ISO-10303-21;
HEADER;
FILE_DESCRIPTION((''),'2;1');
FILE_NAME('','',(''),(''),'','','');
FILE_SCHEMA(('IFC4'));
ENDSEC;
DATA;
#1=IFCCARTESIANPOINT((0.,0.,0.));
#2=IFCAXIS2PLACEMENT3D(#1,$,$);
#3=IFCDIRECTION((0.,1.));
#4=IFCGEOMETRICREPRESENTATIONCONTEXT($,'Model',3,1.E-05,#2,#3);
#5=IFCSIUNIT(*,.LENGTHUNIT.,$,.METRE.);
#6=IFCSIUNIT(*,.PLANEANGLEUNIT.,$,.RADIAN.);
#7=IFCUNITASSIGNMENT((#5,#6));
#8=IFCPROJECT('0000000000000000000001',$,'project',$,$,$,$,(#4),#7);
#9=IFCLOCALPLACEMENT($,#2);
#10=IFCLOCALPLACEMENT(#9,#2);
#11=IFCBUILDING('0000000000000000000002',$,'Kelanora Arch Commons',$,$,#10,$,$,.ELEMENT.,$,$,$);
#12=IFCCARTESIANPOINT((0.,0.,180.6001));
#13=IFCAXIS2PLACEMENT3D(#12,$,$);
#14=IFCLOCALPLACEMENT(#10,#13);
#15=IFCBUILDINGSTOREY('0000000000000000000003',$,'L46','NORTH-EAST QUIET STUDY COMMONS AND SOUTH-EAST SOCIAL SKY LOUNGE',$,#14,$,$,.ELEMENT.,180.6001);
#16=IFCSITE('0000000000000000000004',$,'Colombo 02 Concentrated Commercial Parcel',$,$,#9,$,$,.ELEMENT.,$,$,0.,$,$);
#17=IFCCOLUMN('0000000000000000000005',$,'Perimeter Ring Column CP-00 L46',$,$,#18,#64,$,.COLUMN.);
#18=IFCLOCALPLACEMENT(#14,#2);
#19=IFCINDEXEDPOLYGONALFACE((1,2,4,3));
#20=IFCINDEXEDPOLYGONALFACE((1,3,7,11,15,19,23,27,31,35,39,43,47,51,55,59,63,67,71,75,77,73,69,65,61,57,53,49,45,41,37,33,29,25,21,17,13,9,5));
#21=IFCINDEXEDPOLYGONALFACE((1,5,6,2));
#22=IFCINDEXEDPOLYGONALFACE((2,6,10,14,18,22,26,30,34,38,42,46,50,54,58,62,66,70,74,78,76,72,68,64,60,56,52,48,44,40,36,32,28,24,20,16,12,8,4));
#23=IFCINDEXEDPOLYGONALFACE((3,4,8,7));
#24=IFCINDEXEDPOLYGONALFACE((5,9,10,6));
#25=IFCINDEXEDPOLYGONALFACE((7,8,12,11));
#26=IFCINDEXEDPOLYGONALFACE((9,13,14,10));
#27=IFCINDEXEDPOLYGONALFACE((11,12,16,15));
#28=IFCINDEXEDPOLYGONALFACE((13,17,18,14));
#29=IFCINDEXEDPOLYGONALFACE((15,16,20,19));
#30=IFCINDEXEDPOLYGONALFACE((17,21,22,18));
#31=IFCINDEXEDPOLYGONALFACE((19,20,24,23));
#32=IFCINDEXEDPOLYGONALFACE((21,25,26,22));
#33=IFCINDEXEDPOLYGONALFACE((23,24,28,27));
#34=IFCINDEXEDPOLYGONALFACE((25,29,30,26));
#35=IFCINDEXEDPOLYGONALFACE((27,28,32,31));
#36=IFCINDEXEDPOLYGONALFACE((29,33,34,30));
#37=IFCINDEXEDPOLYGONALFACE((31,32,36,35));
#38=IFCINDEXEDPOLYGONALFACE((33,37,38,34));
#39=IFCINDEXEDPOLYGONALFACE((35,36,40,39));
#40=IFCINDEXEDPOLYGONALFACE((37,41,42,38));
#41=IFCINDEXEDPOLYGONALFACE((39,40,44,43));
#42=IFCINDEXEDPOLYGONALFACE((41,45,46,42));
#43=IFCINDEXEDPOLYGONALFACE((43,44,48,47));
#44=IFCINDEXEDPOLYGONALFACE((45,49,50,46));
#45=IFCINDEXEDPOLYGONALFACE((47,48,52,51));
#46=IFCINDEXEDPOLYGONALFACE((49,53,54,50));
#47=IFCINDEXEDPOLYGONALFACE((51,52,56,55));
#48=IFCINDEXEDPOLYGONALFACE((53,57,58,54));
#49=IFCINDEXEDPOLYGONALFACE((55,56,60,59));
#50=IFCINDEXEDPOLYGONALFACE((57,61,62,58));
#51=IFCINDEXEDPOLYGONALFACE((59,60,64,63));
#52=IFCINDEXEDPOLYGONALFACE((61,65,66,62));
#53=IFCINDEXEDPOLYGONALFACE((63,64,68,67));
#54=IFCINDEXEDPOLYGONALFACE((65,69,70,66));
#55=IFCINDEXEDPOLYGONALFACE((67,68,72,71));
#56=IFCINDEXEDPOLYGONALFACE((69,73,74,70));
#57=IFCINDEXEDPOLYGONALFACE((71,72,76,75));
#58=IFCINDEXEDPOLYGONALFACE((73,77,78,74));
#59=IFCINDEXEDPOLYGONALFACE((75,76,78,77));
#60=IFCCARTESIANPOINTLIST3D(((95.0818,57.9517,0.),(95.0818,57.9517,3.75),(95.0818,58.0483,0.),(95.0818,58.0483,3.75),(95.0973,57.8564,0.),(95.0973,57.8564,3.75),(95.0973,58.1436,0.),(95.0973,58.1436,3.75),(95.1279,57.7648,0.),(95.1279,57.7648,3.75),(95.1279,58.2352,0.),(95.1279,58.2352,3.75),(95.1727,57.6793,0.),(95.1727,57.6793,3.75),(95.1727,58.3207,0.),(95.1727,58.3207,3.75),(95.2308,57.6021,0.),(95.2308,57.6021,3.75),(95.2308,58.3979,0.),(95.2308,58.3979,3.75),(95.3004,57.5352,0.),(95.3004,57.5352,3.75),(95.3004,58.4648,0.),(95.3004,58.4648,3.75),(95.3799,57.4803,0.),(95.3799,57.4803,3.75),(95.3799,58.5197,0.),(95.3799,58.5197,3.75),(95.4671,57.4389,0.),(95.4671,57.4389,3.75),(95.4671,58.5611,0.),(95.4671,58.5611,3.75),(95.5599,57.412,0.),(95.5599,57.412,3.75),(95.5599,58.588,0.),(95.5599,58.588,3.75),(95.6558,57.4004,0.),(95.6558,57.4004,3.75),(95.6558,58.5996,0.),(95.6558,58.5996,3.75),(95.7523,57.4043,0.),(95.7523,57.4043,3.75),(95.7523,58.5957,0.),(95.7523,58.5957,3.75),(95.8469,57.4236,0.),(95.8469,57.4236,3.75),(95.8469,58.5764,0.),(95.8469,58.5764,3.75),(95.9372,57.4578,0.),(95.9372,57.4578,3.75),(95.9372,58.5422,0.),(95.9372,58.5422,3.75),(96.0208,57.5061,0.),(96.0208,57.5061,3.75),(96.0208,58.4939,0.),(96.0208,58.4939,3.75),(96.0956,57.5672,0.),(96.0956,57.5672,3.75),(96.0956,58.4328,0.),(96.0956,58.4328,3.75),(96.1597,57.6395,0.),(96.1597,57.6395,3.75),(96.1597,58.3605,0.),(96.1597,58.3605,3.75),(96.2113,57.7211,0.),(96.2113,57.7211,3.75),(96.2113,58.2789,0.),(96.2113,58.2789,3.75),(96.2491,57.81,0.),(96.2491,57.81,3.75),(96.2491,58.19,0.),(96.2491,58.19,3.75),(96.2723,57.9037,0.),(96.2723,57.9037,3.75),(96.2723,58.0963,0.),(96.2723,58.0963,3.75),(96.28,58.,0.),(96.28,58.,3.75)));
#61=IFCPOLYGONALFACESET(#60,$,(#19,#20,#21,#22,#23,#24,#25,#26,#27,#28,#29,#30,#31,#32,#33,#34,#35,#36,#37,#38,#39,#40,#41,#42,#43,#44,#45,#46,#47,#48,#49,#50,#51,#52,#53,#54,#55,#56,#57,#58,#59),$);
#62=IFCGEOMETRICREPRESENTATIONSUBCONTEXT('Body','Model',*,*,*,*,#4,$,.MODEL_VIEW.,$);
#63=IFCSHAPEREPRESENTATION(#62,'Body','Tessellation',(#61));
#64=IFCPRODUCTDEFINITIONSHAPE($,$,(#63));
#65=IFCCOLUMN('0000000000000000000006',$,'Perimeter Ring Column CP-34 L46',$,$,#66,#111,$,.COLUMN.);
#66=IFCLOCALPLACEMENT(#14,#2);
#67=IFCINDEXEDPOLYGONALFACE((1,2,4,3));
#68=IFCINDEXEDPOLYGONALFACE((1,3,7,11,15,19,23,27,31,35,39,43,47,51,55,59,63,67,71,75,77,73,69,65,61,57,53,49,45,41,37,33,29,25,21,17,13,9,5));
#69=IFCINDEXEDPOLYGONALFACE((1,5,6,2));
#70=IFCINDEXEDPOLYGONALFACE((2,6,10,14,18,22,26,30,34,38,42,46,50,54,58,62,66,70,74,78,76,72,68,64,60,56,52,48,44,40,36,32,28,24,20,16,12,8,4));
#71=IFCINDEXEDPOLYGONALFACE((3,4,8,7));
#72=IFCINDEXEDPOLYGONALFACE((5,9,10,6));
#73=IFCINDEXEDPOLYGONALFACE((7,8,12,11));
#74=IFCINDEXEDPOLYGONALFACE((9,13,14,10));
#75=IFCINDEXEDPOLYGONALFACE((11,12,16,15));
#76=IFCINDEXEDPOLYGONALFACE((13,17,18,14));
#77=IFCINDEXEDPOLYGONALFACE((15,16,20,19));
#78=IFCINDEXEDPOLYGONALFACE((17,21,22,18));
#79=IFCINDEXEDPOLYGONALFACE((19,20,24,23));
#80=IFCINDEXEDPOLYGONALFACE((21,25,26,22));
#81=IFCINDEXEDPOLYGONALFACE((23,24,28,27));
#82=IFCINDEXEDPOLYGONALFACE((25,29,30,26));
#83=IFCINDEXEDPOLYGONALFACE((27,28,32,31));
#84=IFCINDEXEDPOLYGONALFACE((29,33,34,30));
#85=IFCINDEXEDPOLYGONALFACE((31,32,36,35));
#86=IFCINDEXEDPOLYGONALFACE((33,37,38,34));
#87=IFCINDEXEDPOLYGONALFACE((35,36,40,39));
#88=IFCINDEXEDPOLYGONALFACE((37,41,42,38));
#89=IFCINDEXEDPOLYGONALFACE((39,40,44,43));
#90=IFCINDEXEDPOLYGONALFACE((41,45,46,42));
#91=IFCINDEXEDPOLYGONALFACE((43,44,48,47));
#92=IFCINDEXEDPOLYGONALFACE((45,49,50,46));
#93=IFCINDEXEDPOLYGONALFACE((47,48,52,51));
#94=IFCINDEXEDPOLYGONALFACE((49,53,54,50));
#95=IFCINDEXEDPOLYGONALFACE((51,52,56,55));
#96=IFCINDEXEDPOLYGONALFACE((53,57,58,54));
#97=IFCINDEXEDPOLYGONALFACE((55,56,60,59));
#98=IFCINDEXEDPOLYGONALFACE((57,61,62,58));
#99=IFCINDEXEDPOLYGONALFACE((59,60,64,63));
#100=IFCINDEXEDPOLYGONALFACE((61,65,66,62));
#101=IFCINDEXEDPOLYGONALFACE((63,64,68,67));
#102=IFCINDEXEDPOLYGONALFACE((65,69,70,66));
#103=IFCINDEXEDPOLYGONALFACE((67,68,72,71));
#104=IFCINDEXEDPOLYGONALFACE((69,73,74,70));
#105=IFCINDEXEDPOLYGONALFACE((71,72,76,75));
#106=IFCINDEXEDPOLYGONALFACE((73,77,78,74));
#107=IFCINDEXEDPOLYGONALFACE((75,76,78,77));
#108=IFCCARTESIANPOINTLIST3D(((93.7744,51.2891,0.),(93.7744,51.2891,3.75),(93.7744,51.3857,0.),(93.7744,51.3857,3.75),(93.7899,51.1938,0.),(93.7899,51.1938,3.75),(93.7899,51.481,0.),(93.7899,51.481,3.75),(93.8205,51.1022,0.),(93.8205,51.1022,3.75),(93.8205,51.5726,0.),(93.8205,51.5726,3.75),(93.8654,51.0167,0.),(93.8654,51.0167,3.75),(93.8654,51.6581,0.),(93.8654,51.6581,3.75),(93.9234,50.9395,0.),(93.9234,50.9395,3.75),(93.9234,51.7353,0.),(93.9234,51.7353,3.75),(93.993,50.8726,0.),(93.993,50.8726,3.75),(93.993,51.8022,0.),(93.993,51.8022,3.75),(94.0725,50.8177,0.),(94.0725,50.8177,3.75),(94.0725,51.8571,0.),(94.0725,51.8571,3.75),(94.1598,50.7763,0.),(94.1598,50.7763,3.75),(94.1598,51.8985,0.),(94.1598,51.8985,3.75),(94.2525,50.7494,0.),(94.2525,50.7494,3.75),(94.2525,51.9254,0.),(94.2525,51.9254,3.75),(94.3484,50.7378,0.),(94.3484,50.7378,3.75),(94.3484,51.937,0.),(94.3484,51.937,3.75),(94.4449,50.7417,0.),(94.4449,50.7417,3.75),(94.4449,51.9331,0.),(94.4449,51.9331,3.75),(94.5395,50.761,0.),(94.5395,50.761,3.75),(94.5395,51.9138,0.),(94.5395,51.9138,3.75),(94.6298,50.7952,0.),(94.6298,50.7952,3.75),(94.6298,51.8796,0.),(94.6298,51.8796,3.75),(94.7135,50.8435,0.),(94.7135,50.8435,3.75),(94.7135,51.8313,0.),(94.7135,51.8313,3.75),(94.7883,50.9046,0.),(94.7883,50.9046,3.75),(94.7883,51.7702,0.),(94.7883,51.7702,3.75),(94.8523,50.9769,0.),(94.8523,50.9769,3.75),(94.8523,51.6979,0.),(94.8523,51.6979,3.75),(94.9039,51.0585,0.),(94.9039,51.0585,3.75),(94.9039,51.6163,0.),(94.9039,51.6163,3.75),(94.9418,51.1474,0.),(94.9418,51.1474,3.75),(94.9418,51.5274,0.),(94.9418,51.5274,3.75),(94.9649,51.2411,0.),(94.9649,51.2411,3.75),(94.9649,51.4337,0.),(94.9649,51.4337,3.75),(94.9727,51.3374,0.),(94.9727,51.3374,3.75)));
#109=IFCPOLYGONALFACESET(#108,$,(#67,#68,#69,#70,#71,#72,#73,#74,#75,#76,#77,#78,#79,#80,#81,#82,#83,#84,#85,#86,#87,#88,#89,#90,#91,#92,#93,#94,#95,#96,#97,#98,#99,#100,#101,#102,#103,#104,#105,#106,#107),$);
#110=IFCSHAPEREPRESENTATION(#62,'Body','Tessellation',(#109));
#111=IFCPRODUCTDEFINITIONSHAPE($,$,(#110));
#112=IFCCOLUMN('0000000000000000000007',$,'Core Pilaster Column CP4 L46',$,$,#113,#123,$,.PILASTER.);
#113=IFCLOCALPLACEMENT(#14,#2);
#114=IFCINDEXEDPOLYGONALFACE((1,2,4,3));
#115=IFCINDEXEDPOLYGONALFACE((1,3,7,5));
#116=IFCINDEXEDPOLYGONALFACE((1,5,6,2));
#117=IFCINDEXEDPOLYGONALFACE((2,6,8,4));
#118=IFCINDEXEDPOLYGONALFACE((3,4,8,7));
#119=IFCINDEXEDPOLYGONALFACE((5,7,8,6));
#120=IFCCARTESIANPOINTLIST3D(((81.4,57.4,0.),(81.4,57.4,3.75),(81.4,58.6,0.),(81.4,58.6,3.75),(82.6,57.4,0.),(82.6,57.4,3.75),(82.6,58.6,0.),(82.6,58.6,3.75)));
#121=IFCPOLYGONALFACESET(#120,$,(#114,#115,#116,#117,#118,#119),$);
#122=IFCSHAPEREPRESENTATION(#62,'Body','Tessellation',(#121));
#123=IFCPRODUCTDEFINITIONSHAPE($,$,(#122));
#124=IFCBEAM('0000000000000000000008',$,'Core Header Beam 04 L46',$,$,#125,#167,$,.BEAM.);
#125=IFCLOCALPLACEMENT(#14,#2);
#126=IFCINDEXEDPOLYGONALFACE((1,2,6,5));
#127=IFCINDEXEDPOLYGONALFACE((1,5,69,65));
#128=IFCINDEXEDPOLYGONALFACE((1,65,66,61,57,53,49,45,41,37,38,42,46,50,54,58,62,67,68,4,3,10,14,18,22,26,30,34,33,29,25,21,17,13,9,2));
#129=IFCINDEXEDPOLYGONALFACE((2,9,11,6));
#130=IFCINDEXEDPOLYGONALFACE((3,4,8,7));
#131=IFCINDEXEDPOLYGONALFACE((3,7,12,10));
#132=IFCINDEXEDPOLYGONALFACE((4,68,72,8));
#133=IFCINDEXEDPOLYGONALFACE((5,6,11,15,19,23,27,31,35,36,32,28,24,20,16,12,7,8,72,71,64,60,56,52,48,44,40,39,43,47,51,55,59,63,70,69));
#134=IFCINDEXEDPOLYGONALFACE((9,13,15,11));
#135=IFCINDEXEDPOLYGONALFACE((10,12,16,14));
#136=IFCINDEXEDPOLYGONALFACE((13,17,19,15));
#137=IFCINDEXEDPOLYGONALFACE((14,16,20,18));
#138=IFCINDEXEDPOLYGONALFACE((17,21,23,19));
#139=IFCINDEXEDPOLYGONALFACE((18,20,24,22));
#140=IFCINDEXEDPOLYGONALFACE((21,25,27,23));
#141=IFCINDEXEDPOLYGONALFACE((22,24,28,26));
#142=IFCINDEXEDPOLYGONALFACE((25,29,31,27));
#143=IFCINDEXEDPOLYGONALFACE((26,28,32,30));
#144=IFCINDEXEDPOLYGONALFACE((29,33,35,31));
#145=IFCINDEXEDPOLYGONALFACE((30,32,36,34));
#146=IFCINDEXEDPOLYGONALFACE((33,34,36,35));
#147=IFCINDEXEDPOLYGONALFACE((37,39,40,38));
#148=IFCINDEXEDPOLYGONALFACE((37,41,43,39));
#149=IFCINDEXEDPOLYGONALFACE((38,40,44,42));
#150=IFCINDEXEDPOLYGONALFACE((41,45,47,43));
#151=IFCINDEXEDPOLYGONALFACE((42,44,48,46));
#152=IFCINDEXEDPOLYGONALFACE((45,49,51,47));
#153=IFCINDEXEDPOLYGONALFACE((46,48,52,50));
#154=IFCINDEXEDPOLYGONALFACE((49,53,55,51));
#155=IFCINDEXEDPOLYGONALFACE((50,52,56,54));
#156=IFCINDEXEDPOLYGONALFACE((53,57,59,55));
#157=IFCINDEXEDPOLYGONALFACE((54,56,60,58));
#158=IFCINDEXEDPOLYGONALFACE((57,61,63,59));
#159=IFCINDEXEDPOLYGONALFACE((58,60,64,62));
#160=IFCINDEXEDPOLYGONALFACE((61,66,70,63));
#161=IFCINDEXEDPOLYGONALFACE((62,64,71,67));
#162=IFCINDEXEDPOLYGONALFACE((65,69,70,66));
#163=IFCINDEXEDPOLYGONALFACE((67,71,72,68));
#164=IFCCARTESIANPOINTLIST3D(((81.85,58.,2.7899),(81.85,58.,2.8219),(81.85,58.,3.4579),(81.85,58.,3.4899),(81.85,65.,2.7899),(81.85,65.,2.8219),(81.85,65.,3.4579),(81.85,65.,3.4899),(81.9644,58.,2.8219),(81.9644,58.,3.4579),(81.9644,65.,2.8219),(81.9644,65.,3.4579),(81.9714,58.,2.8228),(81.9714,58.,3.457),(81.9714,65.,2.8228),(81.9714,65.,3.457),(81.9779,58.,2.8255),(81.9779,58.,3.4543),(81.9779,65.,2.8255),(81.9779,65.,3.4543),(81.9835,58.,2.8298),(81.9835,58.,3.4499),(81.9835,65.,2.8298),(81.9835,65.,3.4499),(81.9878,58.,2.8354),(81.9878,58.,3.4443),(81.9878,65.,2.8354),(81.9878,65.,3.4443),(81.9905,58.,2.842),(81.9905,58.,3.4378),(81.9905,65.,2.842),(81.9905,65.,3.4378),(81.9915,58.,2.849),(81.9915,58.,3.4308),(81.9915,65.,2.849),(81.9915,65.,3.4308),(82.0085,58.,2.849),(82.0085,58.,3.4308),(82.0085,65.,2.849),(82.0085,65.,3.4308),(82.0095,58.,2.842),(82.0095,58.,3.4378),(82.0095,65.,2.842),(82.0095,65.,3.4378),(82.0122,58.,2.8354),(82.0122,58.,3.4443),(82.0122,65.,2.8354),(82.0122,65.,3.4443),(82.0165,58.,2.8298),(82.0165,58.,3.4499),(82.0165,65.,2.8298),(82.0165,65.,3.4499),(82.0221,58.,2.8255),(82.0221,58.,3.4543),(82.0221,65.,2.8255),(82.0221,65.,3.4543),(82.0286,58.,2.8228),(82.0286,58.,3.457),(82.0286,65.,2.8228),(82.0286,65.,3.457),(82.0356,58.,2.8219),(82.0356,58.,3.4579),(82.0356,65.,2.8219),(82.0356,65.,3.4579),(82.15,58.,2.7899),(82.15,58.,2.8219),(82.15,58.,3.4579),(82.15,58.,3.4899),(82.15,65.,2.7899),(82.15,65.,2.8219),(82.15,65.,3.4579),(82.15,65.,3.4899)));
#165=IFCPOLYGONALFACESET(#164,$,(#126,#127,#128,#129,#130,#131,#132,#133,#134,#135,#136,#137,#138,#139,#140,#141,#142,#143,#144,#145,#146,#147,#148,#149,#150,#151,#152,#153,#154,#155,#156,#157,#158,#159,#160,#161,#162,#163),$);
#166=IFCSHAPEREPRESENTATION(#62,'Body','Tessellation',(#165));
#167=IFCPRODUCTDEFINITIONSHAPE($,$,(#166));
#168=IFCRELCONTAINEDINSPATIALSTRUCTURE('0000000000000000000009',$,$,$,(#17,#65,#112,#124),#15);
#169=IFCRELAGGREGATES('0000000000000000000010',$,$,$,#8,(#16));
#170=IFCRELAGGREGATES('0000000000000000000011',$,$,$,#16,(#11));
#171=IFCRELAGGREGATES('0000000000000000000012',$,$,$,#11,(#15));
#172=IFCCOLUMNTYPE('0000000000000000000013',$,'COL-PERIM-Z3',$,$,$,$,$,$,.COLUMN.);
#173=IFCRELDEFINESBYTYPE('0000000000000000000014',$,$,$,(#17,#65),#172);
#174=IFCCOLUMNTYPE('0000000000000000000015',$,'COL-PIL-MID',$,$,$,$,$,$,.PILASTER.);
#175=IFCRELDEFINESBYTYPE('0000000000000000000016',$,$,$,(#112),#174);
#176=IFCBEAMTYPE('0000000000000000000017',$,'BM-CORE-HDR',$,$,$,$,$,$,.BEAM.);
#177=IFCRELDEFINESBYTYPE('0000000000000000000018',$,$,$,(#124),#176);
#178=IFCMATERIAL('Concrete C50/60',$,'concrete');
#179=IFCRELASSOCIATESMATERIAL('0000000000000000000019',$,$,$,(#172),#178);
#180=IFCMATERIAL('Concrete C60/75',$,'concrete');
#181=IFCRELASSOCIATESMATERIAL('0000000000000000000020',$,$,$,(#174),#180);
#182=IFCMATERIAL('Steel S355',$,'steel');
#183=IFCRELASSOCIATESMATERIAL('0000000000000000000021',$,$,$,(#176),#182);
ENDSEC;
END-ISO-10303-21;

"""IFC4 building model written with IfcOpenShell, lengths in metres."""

from ifc_helpers import new_model, si_unit, direction, frame, origin, origin_2d, place, context, subcontext, project, spatial, rectangle, circle, i_section, extrude, material, material_profile, profile_set, type_object, element, save


model = new_model("IFC4")

# Units and contexts
model_context = context("Model", 3, precision=1e-05, world=origin(), true_north=direction((0.0, 1.0)))
body_context = subcontext(model_context, "Body", "Model", "MODEL_VIEW")
ifc_project = project(units=[si_unit("LENGTHUNIT", "METRE"), si_unit("PLANEANGLEUNIT", "RADIAN")], contexts=[model_context])

# Site, building, storey
site_placement = place(None, origin())
site = spatial("IfcSite", under=ifc_project, at=site_placement, Name="Colombo 02 Concentrated Commercial Parcel", CompositionType="ELEMENT", RefElevation=0.0)
building_placement = place(site_placement, origin())
building = spatial("IfcBuilding", under=site, at=building_placement, Name="Kelanora Arch Commons", CompositionType="ELEMENT")
storey_placement = place(building_placement, frame((0.0, 0.0, 180.6001)))
storey = spatial("IfcBuildingStorey", under=building, at=storey_placement, Name="L46", Description="NORTH-EAST QUIET STUDY COMMONS AND SOUTH-EAST SOCIAL SKY LOUNGE", CompositionType="ELEMENT", Elevation=180.6001)

# Columns
ifc_material_1 = material(Name="Concrete C50/60", Category="concrete")
ifc_material_profile_1 = material_profile(ifc_material_1, circle(Radius=0.6001, at=origin_2d()), Name="RCC1200")
ifc_profile_set_1 = profile_set([ifc_material_profile_1], Name="Concrete C50/60")
column_type_1 = type_object("IfcColumnType", Name="COL-PERIM-Z3", PredefinedType="COLUMN", material=ifc_profile_set_1)
for number, where, z_axis, x_axis, name in (
    (1, (95.6799, 58.0, 0.0), (0.0, 0.0, 1.0), (1.0, 0.0, 0.0), "Perimeter Ring Column CP-00 L46"),
    (2, (94.3726, 51.3374, 0.0), (0.0, 0.0, 1.0), (1.0, 0.0, 0.0), "Perimeter Ring Column CP-34 L46"),
):
    element("IfcColumn", number, at=place(storey_placement, frame(where, z_axis=z_axis, x_axis=x_axis)), inside=storey, type_object=column_type_1, Name=name, PredefinedType="COLUMN", context=body_context, shape_type="SweptSolid", body=[
        extrude(circle(Radius=0.6001, at=origin_2d()), origin(), (0.0, 0.0, 1.0), 3.75),
    ])
ifc_material_2 = material(Name="Concrete C60/75", Category="concrete")
ifc_material_profile_2 = material_profile(ifc_material_2, rectangle(XDim=1.2, YDim=1.2, at=origin_2d()), Name="RC1200x1200")
ifc_profile_set_2 = profile_set([ifc_material_profile_2], Name="Concrete C60/75")
column_type_2 = type_object("IfcColumnType", Name="COL-PIL-MID", PredefinedType="PILASTER", material=ifc_profile_set_2)
column_placement = place(storey_placement, frame((82.0, 58.0, 0.0), z_axis=(0.0, 0.0, 1.0), x_axis=(1.0, 0.0, 0.0)))
element("IfcColumn", 3, at=column_placement, inside=storey, type_object=column_type_2, Name="Core Pilaster Column CP4 L46", PredefinedType="PILASTER", context=body_context, shape_type="SweptSolid", body=[
    extrude(rectangle(XDim=1.2, YDim=1.2, at=origin_2d()), origin(), (0.0, 0.0, 1.0), 3.75),
])

# Beam
ifc_material_3 = material(Name="Steel S355", Category="steel")
ifc_material_profile_3 = material_profile(ifc_material_3, i_section(OverallWidth=0.3, OverallDepth=0.7, WebThickness=0.0171, FlangeThickness=0.032, FilletRadius=0.0271, at=origin_2d()), Name="HEB700")
ifc_profile_set_3 = profile_set([ifc_material_profile_3], Name="Steel S355")
beam_type_1 = type_object("IfcBeamType", Name="BM-CORE-HDR", PredefinedType="BEAM", material=ifc_profile_set_3)
beam_1_placement = place(storey_placement, frame((82.0, 58.0, 3.1399), z_axis=(0.0, 1.0, 0.0), x_axis=(-1.0, 0.0, 0.0)))
element("IfcBeam", 4, at=beam_1_placement, inside=storey, type_object=beam_type_1, Name="Core Header Beam 04 L46", PredefinedType="BEAM", context=body_context, shape_type="SweptSolid", body=[
    extrude(i_section(OverallWidth=0.3, OverallDepth=0.7, WebThickness=0.0171, FlangeThickness=0.032, FilletRadius=0.0271, at=origin_2d()), origin(), (0.0, 0.0, 1.0), 7.0),
])

save(model, "model.ifc")
